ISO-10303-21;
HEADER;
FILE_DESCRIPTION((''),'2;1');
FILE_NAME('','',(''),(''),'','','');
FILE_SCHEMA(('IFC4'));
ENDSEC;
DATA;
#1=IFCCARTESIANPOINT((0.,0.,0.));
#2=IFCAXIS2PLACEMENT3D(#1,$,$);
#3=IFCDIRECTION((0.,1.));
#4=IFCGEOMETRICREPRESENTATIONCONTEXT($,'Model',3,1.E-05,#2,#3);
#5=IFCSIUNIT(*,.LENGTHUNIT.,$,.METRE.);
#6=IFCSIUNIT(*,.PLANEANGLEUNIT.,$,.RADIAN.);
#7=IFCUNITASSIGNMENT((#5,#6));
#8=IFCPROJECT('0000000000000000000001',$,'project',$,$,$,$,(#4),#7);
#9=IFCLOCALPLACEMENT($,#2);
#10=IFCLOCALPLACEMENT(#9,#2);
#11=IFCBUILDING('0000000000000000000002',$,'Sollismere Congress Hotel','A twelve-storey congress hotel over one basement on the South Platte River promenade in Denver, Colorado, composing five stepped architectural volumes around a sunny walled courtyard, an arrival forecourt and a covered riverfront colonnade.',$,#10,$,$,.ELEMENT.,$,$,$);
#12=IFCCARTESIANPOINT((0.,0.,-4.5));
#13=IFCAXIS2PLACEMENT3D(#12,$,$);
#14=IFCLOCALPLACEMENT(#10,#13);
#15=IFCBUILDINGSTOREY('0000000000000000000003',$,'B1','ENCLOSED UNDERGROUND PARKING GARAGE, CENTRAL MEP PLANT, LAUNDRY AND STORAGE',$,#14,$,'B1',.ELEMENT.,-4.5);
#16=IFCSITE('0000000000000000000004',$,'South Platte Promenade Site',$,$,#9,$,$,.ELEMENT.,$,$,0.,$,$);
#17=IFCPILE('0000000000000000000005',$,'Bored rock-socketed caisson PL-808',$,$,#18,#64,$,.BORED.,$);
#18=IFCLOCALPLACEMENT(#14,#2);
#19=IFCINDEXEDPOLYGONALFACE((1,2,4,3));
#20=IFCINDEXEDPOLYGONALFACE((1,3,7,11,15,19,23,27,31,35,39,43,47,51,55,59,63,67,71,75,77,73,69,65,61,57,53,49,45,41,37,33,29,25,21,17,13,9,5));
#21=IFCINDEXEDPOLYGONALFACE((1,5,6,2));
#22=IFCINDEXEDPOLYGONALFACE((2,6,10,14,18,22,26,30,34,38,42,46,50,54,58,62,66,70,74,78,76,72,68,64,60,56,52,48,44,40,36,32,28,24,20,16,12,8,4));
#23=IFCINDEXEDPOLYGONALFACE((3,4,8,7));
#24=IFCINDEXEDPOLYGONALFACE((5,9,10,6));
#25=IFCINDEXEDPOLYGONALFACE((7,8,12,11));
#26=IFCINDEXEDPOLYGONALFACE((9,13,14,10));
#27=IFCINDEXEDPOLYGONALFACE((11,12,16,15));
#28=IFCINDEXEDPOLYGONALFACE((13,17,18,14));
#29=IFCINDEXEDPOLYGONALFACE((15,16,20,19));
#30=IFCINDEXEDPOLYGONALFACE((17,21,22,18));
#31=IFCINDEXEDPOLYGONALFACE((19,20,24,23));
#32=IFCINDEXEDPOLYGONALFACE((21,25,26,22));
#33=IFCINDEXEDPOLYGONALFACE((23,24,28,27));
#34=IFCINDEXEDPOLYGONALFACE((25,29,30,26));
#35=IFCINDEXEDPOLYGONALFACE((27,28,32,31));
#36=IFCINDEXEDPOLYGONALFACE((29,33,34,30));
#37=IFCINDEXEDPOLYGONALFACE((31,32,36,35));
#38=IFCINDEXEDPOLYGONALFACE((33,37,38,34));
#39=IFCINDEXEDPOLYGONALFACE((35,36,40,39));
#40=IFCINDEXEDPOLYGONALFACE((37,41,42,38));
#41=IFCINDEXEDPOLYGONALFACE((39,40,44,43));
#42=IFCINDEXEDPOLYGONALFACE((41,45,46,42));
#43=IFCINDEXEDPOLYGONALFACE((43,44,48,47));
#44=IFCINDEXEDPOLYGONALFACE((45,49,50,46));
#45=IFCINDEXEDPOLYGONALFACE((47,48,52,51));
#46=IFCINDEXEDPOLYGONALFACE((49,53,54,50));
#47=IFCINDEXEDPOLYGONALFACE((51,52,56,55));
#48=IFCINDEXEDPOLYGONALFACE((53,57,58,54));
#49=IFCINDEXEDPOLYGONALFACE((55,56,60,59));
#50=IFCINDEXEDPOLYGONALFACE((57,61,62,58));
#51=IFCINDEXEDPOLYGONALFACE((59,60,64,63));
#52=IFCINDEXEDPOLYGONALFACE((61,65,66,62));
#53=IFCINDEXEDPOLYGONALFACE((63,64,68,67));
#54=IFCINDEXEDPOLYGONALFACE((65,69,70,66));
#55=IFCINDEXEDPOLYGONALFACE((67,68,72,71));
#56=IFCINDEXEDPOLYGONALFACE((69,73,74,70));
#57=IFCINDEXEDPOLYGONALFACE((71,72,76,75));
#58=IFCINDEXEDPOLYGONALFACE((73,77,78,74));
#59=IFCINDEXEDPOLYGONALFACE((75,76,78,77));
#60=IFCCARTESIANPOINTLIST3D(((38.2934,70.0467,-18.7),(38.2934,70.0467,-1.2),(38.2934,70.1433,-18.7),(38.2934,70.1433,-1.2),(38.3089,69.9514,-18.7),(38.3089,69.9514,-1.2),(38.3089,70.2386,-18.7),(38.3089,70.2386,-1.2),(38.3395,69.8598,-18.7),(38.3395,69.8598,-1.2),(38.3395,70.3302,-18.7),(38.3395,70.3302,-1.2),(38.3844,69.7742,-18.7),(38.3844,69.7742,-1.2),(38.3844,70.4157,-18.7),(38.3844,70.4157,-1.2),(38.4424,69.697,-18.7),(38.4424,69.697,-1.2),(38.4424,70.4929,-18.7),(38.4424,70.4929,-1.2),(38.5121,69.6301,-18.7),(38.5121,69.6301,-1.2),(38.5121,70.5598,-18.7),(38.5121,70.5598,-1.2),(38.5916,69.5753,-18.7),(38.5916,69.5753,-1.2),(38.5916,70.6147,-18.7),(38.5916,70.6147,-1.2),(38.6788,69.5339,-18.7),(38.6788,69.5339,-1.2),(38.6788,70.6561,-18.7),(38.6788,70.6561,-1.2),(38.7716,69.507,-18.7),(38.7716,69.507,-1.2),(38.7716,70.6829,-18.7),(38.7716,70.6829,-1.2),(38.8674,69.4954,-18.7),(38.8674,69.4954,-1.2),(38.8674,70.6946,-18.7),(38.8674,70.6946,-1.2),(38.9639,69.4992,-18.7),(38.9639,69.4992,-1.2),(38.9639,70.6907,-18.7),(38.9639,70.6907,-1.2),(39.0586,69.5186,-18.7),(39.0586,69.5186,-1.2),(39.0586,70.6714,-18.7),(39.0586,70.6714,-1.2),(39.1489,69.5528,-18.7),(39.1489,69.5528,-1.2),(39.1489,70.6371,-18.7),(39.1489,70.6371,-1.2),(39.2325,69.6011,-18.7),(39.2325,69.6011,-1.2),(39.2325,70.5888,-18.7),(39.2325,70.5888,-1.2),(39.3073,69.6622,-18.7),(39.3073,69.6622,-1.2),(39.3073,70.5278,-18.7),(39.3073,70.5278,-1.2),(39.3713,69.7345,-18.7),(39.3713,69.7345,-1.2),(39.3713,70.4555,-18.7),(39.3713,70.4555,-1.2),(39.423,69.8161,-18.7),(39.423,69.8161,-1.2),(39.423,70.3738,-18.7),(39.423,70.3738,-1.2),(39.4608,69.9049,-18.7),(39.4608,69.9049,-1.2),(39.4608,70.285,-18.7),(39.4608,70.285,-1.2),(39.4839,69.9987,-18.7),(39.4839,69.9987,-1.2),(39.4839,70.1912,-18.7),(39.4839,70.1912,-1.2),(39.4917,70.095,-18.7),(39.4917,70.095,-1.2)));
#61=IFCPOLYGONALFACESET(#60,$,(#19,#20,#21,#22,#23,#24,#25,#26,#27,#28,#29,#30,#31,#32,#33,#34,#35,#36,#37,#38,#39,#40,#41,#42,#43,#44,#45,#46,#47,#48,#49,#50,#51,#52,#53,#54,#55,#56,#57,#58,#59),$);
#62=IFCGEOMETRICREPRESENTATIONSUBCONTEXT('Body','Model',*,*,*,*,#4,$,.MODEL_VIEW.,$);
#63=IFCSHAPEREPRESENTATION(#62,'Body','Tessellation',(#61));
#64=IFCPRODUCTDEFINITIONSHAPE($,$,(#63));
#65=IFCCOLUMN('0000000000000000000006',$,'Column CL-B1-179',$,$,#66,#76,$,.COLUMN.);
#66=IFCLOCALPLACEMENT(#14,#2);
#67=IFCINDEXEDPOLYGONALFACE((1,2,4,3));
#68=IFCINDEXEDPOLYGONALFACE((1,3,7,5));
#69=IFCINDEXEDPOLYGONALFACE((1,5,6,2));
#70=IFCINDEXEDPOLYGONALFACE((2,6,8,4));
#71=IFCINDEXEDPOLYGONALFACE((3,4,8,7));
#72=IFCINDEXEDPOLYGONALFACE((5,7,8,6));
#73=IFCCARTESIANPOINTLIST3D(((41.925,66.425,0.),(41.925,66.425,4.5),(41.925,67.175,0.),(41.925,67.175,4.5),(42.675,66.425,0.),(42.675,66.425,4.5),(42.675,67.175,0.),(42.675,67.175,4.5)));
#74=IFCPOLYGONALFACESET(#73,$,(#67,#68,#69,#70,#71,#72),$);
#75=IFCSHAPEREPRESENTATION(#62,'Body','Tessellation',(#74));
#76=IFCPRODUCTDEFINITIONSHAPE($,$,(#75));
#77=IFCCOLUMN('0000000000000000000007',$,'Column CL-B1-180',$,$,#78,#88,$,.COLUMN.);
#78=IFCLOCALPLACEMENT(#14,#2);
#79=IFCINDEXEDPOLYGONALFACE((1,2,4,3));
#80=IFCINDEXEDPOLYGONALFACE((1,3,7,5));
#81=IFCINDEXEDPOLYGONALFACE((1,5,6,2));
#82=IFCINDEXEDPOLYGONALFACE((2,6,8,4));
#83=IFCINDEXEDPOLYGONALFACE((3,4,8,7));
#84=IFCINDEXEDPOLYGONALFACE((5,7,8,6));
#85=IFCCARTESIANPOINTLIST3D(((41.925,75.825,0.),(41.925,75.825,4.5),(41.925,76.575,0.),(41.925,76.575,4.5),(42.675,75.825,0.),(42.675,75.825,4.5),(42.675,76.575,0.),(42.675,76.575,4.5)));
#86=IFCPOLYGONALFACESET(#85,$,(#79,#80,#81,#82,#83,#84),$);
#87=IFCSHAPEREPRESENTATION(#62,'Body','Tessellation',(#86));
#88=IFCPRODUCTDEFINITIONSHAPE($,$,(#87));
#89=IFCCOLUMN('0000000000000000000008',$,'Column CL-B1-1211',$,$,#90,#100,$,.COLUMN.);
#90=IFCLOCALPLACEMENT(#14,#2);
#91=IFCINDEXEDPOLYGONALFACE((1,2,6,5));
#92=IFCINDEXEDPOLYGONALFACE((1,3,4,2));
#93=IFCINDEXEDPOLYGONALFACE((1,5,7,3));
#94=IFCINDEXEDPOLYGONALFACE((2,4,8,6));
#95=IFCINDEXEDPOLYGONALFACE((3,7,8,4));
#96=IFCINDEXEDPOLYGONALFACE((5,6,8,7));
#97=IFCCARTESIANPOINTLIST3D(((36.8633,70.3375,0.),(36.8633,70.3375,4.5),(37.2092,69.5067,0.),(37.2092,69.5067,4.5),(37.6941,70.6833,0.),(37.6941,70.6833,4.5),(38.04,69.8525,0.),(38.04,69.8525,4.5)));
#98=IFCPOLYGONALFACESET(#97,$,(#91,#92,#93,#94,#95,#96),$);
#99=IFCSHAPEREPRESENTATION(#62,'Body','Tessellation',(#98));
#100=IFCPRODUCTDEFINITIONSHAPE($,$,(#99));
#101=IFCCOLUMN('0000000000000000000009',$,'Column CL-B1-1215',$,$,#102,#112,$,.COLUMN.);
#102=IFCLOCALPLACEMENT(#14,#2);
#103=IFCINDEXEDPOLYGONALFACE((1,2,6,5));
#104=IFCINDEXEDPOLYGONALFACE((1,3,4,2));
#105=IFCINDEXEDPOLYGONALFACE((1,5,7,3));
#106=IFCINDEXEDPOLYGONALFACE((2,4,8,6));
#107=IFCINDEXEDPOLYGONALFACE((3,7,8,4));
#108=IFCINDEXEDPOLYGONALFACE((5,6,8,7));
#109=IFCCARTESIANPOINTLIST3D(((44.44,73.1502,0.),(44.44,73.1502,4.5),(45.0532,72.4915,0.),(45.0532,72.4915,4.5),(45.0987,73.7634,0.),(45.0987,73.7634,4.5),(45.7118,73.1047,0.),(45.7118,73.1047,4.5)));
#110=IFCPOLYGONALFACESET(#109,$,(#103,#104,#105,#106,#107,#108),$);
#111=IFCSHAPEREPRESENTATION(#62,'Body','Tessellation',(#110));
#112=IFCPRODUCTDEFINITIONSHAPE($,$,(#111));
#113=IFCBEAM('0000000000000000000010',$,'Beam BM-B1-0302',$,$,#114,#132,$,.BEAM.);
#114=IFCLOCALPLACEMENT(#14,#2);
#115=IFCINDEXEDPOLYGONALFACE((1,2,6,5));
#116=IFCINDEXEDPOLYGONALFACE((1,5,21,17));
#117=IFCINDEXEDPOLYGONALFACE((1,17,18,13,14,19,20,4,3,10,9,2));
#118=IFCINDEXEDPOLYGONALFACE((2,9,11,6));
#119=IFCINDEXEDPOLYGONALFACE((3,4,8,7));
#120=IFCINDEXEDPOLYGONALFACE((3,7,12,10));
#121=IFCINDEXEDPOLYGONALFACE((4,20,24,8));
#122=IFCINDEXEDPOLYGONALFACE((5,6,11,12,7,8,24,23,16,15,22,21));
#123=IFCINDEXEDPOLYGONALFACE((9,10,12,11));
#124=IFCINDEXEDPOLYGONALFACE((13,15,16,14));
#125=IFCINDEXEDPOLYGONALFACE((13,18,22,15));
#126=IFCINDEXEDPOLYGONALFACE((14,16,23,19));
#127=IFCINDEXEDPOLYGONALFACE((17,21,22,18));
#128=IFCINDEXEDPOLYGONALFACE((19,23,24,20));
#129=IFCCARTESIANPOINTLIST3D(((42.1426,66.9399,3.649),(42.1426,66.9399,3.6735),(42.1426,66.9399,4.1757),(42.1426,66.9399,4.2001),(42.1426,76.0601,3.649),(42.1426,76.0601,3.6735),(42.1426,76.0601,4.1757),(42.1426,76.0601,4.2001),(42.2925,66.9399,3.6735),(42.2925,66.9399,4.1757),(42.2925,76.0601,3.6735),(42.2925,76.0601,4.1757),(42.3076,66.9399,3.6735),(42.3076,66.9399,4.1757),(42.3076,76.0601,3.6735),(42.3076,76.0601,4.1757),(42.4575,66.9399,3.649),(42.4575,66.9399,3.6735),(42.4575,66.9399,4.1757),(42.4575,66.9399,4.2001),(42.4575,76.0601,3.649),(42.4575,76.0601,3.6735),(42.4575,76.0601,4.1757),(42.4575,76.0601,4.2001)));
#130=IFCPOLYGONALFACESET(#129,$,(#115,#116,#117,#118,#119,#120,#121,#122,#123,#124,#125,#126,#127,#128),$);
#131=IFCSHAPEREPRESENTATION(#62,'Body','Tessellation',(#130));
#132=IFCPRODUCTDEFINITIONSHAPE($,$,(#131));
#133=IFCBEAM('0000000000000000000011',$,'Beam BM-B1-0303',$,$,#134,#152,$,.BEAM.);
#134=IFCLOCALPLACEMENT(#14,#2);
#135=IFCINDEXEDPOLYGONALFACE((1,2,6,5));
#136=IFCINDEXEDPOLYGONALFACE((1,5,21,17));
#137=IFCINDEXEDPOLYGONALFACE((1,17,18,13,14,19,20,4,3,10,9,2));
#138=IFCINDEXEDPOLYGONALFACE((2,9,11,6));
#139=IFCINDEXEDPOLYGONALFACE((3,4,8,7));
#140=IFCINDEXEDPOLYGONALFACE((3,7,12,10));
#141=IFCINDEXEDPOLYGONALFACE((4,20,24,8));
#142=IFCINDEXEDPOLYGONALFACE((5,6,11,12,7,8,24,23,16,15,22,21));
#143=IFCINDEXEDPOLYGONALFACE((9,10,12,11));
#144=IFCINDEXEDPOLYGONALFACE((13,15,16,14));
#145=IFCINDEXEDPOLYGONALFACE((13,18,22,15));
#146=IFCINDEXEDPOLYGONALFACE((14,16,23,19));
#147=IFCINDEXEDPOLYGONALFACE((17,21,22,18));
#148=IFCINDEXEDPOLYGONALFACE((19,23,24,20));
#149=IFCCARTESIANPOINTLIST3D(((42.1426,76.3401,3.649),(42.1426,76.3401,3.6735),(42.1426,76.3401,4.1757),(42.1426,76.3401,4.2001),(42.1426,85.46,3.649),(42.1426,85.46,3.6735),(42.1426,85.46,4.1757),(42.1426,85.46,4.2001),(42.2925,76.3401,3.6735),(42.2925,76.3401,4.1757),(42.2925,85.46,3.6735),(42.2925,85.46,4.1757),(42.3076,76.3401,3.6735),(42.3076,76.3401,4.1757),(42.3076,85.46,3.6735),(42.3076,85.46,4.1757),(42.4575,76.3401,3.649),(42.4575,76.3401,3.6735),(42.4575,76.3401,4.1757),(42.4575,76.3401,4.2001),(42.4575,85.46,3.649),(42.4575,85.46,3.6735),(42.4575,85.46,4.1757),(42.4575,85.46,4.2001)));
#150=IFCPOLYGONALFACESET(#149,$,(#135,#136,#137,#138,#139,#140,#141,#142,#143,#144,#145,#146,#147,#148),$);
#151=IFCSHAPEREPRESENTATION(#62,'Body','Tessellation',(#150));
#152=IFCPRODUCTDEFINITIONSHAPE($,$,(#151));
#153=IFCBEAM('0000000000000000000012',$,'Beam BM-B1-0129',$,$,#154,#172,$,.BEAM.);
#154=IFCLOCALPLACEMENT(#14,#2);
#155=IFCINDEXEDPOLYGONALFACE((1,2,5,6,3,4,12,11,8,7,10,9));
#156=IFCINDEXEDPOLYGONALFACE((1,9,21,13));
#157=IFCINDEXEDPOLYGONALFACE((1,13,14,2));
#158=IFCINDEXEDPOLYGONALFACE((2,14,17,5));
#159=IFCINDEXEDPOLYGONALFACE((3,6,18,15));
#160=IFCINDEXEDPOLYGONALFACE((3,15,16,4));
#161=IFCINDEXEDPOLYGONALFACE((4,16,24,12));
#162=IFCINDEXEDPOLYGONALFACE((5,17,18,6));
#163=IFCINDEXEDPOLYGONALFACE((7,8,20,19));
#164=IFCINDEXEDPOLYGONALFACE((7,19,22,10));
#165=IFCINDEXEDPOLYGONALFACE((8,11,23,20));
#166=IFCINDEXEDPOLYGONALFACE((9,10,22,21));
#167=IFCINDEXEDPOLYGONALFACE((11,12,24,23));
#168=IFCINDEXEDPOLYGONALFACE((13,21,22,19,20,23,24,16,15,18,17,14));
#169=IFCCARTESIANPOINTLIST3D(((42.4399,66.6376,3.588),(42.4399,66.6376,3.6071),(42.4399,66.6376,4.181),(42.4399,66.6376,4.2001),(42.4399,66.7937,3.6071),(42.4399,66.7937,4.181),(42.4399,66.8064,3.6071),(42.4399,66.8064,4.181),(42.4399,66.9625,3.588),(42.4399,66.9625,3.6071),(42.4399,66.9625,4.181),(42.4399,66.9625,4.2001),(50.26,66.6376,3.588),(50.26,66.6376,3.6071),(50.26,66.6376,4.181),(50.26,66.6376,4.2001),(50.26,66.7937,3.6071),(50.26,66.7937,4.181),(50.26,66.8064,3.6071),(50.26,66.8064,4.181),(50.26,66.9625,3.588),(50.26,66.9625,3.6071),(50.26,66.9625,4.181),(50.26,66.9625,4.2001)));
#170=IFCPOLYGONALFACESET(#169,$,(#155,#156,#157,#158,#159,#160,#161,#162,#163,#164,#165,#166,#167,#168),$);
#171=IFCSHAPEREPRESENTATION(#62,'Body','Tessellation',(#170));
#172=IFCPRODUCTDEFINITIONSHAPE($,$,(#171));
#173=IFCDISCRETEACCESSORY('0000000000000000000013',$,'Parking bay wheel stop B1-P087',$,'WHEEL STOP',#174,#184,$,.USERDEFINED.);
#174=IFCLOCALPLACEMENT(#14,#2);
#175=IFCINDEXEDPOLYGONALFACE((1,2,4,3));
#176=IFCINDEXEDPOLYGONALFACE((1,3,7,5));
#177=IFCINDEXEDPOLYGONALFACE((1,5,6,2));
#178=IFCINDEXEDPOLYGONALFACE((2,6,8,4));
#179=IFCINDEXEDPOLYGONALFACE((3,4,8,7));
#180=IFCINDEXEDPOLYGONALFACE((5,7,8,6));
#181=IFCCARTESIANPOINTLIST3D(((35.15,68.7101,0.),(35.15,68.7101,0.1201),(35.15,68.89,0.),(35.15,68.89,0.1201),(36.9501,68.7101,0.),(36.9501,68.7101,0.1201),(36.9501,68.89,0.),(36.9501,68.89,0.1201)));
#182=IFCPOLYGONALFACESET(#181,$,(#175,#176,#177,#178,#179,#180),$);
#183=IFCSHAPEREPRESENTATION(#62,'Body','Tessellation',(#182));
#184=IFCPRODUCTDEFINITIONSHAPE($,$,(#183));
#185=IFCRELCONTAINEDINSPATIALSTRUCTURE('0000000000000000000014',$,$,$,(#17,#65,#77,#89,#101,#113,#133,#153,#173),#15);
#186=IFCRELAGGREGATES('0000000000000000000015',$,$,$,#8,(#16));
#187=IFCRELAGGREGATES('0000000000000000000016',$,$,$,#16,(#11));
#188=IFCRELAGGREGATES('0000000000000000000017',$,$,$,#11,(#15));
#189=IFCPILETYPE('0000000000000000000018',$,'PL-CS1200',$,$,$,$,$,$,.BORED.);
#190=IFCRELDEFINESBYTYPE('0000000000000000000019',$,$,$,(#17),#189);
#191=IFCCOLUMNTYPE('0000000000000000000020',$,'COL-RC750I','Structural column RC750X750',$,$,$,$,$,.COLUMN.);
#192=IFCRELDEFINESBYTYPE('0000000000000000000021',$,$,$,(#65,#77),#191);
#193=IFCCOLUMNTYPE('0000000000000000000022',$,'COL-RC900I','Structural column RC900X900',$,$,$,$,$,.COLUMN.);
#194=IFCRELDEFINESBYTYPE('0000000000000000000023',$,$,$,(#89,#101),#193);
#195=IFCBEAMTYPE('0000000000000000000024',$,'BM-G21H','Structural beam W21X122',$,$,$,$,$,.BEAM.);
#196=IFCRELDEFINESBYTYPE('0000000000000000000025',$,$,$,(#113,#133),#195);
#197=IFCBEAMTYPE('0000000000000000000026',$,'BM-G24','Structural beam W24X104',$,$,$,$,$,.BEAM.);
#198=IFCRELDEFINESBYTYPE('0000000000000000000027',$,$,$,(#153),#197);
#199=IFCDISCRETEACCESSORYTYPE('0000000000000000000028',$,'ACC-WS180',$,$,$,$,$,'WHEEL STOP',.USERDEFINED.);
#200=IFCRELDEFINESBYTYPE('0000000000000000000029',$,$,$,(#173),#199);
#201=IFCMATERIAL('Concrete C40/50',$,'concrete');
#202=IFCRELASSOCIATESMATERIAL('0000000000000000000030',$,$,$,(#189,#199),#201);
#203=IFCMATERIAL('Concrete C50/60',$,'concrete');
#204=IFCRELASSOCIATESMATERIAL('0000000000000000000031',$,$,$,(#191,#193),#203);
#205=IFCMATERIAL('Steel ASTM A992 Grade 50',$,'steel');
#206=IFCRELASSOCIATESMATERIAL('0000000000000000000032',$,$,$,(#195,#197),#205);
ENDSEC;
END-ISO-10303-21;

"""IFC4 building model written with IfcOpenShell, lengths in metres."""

from ifc_helpers import new_model, si_unit, direction, frame, origin, origin_2d, place, context, subcontext, project, spatial, rectangle, circle, i_section, extrude, material, material_profile, profile_set, type_object, element, save


model = new_model("IFC4")

# Units and contexts
model_context = context("Model", 3, precision=1e-05, world=origin(), true_north=direction((0.0, 1.0)))
body_context = subcontext(model_context, "Body", "Model", "MODEL_VIEW")
ifc_project = project(units=[si_unit("LENGTHUNIT", "METRE"), si_unit("PLANEANGLEUNIT", "RADIAN")], contexts=[model_context])

# Site, building, storey
site_placement = place(None, origin())
site = spatial("IfcSite", under=ifc_project, at=site_placement, Name="South Platte Promenade Site", CompositionType="ELEMENT", RefElevation=0.0)
building_placement = place(site_placement, origin())
building = spatial("IfcBuilding", under=site, at=building_placement, Name="Sollismere Congress Hotel", Description="A twelve-storey congress hotel over one basement on the South Platte River promenade in Denver, Colorado, composing five stepped architectural volumes around a sunny walled courtyard, an arrival forecourt and a covered riverfront colonnade.", CompositionType="ELEMENT")
storey_placement = place(building_placement, frame((0.0, 0.0, -4.5)))
storey = spatial("IfcBuildingStorey", under=building, at=storey_placement, Name="B1", Description="ENCLOSED UNDERGROUND PARKING GARAGE, CENTRAL MEP PLANT, LAUNDRY AND STORAGE", LongName="B1", CompositionType="ELEMENT", Elevation=-4.5)

# Shared definitions
ifc_material_1 = material(Name="Concrete C40/50", Category="concrete")

# Pile
ifc_material_profile_1 = material_profile(ifc_material_1, circle(Radius=0.6001, at=origin_2d()), Name="CAISSON1200")
ifc_profile_set_1 = profile_set([ifc_material_profile_1], Name="Concrete C40/50")
pile_type = type_object("IfcPileType", Name="PL-CS1200", PredefinedType="BORED", material=ifc_profile_set_1)
for number, where, z_axis, x_axis, name in (
    (1, (38.8916, 70.095, -1.2), (0.0, 0.0, -1.0), (1.0, 0.0, 0.0), "Bored rock-socketed caisson PL-808"),
):
    element("IfcPile", number, at=place(storey_placement, frame(where, z_axis=z_axis, x_axis=x_axis)), inside=storey, type_object=pile_type, Name=name, PredefinedType="BORED", context=body_context, shape_type="SweptSolid", body=[
        extrude(circle(Radius=0.6001, at=origin_2d()), origin(), (0.0, 0.0, 1.0), 17.5),
    ])

# Columns
ifc_material_2 = material(Name="Concrete C50/60", Category="concrete")
ifc_material_profile_2 = material_profile(ifc_material_2, rectangle(XDim=0.75, YDim=0.75, at=origin_2d()), Name="RC750X750")
ifc_profile_set_2 = profile_set([ifc_material_profile_2], Name="Concrete C50/60")
column_type_1 = type_object("IfcColumnType", Name="COL-RC750I", Description="Structural column RC750X750", PredefinedType="COLUMN", material=ifc_profile_set_2)
for number, where, z_axis, x_axis, name in (
    (2, (42.3, 66.8, 0.0), (0.0, 0.0, 1.0), (0.0, 1.0, 0.0), "Column CL-B1-179"),
    (3, (42.3, 76.2, 0.0), (0.0, 0.0, 1.0), (1.0, 0.0, 0.0), "Column CL-B1-180"),
):
    element("IfcColumn", number, at=place(storey_placement, frame(where, z_axis=z_axis, x_axis=x_axis)), inside=storey, type_object=column_type_1, Name=name, PredefinedType="COLUMN", context=body_context, shape_type="SweptSolid", body=[
        extrude(rectangle(XDim=0.75, YDim=0.75, at=origin_2d()), origin(), (0.0, 0.0, 1.0), 4.5),
    ])
ifc_material_profile_3 = material_profile(ifc_material_2, rectangle(XDim=0.8999, YDim=0.8999, at=origin_2d()), Name="RC900X900")
ifc_profile_set_3 = profile_set([ifc_material_profile_3], Name="Concrete C50/60")
column_type_2 = type_object("IfcColumnType", Name="COL-RC900I", Description="Structural column RC900X900", PredefinedType="COLUMN", material=ifc_profile_set_3)
for number, where, z_axis, x_axis, name in (
    (4, (37.4517, 70.095, 0.0), (0.0, 0.0, 1.0), (0.384295, -0.92321, 0.0), "Column CL-B1-1211"),
    (5, (45.0759, 73.1274, 0.0), (0.0, 0.0, 1.0), (0.68136, -0.731949, 0.0), "Column CL-B1-1215"),
):
    element("IfcColumn", number, at=place(storey_placement, frame(where, z_axis=z_axis, x_axis=x_axis)), inside=storey, type_object=column_type_2, Name=name, PredefinedType="COLUMN", context=body_context, shape_type="SweptSolid", body=[
        extrude(rectangle(XDim=0.8999, YDim=0.8999, at=origin_2d()), origin(), (0.0, 0.0, 1.0), 4.5),
    ])

# Beams
ifc_material_3 = material(Name="Steel ASTM A992 Grade 50", Category="steel")
ifc_material_profile_4 = material_profile(ifc_material_3, i_section(OverallWidth=0.3149, OverallDepth=0.551, WebThickness=0.0151, FlangeThickness=0.0244, at=origin_2d()), Name="W21X122")
ifc_profile_set_4 = profile_set([ifc_material_profile_4], Name="Steel ASTM A992 Grade 50")
beam_type_1 = type_object("IfcBeamType", Name="BM-G21H", Description="Structural beam W21X122", PredefinedType="BEAM", material=ifc_profile_set_4)
beam_1_placement = place(storey_placement, frame((42.3, 66.9399, 3.9246), z_axis=(0.0, 1.0, 0.0), x_axis=(-1.0, 0.0, 0.0)))
element("IfcBeam", 6, at=beam_1_placement, inside=storey, type_object=beam_type_1, Name="Beam BM-B1-0302", PredefinedType="BEAM", context=body_context, shape_type="SweptSolid", body=[
    extrude(i_section(OverallWidth=0.3149, OverallDepth=0.551, WebThickness=0.0151, FlangeThickness=0.0244, at=origin_2d()), origin(), (0.0, 0.0, 1.0), 9.1201),
])
beam_2_placement = place(storey_placement, frame((42.3, 76.3401, 3.9246), z_axis=(0.0, 1.0, 0.0), x_axis=(-1.0, 0.0, 0.0)))
element("IfcBeam", 7, at=beam_2_placement, inside=storey, type_object=beam_type_1, Name="Beam BM-B1-0303", PredefinedType="BEAM", context=body_context, shape_type="SweptSolid", body=[
    extrude(i_section(OverallWidth=0.3149, OverallDepth=0.551, WebThickness=0.0151, FlangeThickness=0.0244, at=origin_2d()), origin(), (0.0, 0.0, 1.0), 9.1199),
])
ifc_material_profile_5 = material_profile(ifc_material_3, i_section(OverallWidth=0.325, OverallDepth=0.6121, WebThickness=0.0127, FlangeThickness=0.019, at=origin_2d()), Name="W24X104")
ifc_profile_set_5 = profile_set([ifc_material_profile_5], Name="Steel ASTM A992 Grade 50")
beam_type_2 = type_object("IfcBeamType", Name="BM-G24", Description="Structural beam W24X104", PredefinedType="BEAM", material=ifc_profile_set_5)
beam_3_placement = place(storey_placement, frame((42.4399, 66.8, 3.894), z_axis=(1.0, 0.0, 0.0), x_axis=(0.0, 1.0, 0.0)))
element("IfcBeam", 8, at=beam_3_placement, inside=storey, type_object=beam_type_2, Name="Beam BM-B1-0129", PredefinedType="BEAM", context=body_context, shape_type="SweptSolid", body=[
    extrude(i_section(OverallWidth=0.325, OverallDepth=0.6121, WebThickness=0.0127, FlangeThickness=0.019, at=origin_2d()), origin(), (0.0, 0.0, 1.0), 7.8201),
])

# Discrete accessory
discrete_accessory_type = type_object("IfcDiscreteAccessoryType", Name="ACC-WS180", ElementType="WHEEL STOP", PredefinedType="USERDEFINED", material=ifc_material_1)
for number, where, z_axis, x_axis, name in (
    (9, (36.05, 68.8, 0.0), (0.0, 0.0, 1.0), (1.0, 0.0, 0.0), "Parking bay wheel stop B1-P087"),
):
    element("IfcDiscreteAccessory", number, at=place(storey_placement, frame(where, z_axis=z_axis, x_axis=x_axis)), inside=storey, type_object=discrete_accessory_type, Name=name, ObjectType="WHEEL STOP", PredefinedType="USERDEFINED", context=body_context, shape_type="SweptSolid", body=[
        extrude(rectangle(XDim=1.8, YDim=0.1799, at=origin_2d()), origin(), (0.0, 0.0, 1.0), 0.1201),
    ])

save(model, "model.ifc")
